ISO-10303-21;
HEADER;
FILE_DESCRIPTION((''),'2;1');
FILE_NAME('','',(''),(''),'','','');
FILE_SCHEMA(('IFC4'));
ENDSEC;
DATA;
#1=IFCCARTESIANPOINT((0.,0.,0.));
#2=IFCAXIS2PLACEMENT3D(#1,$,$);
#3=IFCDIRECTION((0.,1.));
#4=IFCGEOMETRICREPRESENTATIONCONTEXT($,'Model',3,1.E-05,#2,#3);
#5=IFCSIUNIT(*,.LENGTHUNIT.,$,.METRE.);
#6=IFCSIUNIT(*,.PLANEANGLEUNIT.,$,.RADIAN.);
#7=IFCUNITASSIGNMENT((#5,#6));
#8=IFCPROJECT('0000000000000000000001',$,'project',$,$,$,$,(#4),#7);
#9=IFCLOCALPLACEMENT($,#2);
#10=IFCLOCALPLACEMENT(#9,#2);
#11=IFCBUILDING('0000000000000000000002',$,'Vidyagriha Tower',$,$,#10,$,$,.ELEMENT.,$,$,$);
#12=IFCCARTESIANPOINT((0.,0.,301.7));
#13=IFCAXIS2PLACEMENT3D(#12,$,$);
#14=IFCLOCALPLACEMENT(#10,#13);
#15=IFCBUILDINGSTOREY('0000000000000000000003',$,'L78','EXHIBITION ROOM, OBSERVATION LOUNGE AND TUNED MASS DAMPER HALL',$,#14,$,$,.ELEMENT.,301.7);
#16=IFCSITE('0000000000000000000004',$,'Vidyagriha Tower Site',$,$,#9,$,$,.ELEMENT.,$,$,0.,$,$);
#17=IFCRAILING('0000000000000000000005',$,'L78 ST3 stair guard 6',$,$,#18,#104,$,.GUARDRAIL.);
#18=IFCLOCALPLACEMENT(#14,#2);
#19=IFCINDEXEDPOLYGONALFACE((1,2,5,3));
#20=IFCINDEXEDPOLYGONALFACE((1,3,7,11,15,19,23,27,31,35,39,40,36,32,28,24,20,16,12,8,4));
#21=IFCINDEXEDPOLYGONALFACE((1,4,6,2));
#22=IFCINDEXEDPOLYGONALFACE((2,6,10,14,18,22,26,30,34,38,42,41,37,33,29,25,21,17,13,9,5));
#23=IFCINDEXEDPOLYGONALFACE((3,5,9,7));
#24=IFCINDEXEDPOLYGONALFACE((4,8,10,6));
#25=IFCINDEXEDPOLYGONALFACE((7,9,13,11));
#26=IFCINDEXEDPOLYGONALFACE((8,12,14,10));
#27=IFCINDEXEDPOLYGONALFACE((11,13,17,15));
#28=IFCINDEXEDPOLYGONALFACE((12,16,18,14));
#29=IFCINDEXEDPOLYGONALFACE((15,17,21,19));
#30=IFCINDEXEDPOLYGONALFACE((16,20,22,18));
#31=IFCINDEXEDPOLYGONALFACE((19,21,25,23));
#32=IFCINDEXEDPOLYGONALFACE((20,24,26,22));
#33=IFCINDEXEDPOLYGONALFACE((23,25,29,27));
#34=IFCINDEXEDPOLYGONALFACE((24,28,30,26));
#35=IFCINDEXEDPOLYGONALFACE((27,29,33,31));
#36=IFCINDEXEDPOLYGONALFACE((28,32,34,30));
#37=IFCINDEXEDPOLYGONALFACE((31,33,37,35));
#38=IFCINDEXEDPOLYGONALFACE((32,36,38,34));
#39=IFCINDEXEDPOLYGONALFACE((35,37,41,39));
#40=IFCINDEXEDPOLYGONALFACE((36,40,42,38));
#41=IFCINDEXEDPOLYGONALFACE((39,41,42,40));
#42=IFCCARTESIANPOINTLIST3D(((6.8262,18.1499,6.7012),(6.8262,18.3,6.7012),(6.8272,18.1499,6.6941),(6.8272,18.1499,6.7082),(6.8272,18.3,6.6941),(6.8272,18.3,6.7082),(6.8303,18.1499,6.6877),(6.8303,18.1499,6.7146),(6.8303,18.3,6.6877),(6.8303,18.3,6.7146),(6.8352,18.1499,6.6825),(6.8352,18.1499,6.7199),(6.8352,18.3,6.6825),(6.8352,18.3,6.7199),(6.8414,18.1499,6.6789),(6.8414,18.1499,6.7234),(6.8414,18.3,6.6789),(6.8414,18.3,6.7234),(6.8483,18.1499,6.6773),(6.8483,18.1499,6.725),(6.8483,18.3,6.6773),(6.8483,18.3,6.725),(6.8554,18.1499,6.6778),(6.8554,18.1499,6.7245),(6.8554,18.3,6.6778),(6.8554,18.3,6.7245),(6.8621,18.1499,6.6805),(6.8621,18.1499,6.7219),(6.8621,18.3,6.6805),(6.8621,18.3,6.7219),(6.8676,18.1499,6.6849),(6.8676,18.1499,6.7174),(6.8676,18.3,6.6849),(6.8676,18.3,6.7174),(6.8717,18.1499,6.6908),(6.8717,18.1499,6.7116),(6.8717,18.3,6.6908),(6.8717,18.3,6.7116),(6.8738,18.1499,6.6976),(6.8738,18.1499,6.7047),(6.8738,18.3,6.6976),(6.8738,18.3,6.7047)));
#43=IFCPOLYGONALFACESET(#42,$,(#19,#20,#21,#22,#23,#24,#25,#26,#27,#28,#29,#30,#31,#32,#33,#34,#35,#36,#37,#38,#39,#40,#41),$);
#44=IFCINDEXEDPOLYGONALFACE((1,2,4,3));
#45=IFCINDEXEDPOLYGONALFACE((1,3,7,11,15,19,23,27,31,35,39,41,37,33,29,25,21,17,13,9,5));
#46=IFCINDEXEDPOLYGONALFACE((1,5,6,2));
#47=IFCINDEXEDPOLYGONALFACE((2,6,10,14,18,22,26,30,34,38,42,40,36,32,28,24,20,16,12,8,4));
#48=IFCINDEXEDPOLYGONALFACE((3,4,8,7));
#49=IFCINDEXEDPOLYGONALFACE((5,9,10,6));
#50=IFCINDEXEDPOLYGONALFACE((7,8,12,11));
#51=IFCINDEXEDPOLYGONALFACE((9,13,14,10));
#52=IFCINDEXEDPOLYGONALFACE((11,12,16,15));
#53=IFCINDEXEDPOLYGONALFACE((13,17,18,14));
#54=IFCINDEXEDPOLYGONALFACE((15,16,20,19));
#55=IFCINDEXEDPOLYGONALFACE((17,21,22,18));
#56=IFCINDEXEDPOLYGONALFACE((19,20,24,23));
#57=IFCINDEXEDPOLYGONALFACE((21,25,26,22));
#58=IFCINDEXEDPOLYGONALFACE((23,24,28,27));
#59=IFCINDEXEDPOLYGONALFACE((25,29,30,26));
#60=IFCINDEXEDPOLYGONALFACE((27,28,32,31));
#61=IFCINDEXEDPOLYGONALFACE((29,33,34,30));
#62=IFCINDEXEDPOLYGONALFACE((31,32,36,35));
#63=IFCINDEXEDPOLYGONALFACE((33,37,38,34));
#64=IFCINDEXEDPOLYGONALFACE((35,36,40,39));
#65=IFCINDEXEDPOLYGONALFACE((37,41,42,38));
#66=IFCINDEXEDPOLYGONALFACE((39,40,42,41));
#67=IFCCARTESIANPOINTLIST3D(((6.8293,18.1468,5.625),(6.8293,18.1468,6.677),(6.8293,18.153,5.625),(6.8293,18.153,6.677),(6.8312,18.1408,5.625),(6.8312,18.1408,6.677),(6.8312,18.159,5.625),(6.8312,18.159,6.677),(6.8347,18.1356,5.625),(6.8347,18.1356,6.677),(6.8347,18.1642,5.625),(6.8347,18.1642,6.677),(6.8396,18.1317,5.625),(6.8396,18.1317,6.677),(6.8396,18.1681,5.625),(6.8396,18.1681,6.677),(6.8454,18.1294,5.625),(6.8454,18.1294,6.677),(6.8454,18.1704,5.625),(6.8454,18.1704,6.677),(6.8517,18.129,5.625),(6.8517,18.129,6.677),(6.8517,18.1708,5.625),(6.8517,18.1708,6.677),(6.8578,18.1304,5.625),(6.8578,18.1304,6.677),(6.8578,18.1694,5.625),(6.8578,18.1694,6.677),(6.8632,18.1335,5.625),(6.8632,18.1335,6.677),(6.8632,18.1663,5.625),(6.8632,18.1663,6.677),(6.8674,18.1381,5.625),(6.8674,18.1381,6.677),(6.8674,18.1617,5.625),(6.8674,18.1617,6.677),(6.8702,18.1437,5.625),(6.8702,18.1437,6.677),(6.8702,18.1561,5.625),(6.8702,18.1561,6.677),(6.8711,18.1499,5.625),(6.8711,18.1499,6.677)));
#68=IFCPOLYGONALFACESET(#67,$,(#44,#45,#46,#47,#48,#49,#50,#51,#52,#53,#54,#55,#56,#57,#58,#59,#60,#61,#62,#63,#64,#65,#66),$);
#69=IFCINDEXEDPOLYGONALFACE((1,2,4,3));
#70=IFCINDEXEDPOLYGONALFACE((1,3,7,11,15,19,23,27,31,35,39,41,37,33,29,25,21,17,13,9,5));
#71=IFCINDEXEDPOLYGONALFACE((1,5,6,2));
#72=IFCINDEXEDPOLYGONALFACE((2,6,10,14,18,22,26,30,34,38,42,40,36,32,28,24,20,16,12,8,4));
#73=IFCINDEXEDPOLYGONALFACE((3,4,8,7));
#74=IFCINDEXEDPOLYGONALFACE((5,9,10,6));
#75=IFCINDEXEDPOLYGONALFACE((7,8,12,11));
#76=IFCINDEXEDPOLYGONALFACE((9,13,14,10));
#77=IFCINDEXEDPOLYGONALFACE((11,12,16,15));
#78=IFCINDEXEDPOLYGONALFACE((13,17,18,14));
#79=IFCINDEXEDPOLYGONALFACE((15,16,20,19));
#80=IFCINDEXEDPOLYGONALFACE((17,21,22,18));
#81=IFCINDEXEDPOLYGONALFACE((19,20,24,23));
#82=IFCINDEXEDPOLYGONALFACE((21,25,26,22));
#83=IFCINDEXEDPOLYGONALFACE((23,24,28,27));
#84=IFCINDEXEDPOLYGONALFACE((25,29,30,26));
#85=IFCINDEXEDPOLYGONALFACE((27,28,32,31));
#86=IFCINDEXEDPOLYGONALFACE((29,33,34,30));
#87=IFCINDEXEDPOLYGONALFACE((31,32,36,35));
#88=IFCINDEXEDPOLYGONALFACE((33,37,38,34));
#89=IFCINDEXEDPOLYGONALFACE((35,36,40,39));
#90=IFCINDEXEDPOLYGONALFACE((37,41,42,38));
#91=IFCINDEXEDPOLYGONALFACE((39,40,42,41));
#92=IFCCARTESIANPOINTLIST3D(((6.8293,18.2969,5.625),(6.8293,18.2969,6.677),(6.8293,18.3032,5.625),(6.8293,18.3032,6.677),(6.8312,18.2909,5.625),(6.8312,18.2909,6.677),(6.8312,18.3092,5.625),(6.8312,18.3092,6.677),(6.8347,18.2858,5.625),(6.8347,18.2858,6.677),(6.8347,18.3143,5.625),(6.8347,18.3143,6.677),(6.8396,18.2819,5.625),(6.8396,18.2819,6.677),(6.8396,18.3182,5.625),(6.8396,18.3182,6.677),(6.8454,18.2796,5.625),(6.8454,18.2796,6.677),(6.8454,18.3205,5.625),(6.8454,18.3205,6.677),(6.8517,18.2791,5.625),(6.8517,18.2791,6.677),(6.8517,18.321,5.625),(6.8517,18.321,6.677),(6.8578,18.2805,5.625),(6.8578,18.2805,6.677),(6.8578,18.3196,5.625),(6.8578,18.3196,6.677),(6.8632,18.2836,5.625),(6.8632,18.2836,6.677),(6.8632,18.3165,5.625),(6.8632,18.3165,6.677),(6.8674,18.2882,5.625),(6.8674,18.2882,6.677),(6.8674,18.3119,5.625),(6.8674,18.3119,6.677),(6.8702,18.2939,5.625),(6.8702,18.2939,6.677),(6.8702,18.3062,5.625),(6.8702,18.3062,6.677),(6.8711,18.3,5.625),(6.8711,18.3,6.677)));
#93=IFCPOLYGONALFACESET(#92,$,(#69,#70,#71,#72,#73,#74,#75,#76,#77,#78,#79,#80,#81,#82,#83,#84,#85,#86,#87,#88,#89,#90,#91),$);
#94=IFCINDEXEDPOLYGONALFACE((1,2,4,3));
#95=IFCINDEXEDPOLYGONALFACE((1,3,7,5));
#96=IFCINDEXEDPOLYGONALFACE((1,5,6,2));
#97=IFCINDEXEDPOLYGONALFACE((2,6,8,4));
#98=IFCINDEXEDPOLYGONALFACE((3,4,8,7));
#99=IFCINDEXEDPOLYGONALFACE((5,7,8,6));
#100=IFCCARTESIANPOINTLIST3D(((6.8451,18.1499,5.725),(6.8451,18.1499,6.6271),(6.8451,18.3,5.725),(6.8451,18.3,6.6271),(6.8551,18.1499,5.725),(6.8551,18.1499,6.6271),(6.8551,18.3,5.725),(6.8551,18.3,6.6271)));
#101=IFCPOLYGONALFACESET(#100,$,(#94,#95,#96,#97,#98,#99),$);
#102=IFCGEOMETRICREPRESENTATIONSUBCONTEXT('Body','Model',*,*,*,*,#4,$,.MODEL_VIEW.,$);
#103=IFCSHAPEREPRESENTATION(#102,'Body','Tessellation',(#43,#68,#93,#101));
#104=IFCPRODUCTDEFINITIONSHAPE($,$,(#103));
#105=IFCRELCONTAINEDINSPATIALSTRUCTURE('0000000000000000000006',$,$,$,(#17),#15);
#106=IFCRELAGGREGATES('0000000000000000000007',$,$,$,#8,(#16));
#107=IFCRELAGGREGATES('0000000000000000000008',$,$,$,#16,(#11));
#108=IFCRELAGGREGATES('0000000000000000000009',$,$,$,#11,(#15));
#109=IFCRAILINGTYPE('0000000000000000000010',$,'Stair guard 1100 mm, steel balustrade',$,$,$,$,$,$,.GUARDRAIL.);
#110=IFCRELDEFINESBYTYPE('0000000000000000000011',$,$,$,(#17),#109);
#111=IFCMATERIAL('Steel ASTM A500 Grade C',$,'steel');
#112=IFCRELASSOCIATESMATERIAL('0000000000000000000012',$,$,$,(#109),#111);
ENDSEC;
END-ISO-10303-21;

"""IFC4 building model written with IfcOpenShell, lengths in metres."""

from ifc_helpers import new_model, si_unit, direction, frame, origin, origin_2d, place, context, subcontext, project, spatial, rectangle, circle, extrude, material, type_object, element, save


model = new_model("IFC4")

# Units and contexts
model_context = context("Model", 3, precision=1e-05, world=origin(), true_north=direction((0.0, 1.0)))
body_context = subcontext(model_context, "Body", "Model", "MODEL_VIEW")
ifc_project = project(units=[si_unit("LENGTHUNIT", "METRE"), si_unit("PLANEANGLEUNIT", "RADIAN")], contexts=[model_context])

# Site, building, storey
site_placement = place(None, origin())
site = spatial("IfcSite", under=ifc_project, at=site_placement, Name="Vidyagriha Tower Site", CompositionType="ELEMENT", RefElevation=0.0)
building_placement = place(site_placement, origin())
building = spatial("IfcBuilding", under=site, at=building_placement, Name="Vidyagriha Tower", CompositionType="ELEMENT")
storey_placement = place(building_placement, frame((0.0, 0.0, 301.7)))
storey = spatial("IfcBuildingStorey", under=building, at=storey_placement, Name="L78", Description="EXHIBITION ROOM, OBSERVATION LOUNGE AND TUNED MASS DAMPER HALL", CompositionType="ELEMENT", Elevation=301.7)

# Railing
ifc_material_1 = material(Name="Steel ASTM A500 Grade C", Category="steel")
railing_type_1 = type_object("IfcRailingType", Name="Stair guard 1100 mm, steel balustrade", PredefinedType="GUARDRAIL", material=ifc_material_1)
railing_1_placement = place(storey_placement, frame((6.8501, 18.1499, 5.625)))
element("IfcRailing", 1, at=railing_1_placement, inside=storey, type_object=railing_type_1, Name="L78 ST3 stair guard 6", PredefinedType="GUARDRAIL", context=body_context, shape_type="SweptSolid", body=[
    extrude(circle(Radius=0.0239, at=origin_2d()), frame((0.0, 0.0, 1.0762), z_axis=(0.0, 1.0, 0.0), x_axis=(-1.0, 0.0, 0.0)), (0.0, 0.0, 1.0), 0.1501),
    extrude(circle(Radius=0.021, at=origin_2d()), origin(), (0.0, 0.0, 1.0), 1.052),
    extrude(circle(Radius=0.021, at=origin_2d()), frame((0.0, 0.1501, 0.0)), (0.0, 0.0, 1.0), 1.052),
    extrude(rectangle(XDim=0.01, YDim=0.9021, at=origin_2d()), frame((0.0, 0.0, 0.551), z_axis=(0.0, 1.0, 0.0), x_axis=(-1.0, 0.0, 0.0)), (0.0, 0.0, 1.0), 0.1501),
])

save(model, "model.ifc")
